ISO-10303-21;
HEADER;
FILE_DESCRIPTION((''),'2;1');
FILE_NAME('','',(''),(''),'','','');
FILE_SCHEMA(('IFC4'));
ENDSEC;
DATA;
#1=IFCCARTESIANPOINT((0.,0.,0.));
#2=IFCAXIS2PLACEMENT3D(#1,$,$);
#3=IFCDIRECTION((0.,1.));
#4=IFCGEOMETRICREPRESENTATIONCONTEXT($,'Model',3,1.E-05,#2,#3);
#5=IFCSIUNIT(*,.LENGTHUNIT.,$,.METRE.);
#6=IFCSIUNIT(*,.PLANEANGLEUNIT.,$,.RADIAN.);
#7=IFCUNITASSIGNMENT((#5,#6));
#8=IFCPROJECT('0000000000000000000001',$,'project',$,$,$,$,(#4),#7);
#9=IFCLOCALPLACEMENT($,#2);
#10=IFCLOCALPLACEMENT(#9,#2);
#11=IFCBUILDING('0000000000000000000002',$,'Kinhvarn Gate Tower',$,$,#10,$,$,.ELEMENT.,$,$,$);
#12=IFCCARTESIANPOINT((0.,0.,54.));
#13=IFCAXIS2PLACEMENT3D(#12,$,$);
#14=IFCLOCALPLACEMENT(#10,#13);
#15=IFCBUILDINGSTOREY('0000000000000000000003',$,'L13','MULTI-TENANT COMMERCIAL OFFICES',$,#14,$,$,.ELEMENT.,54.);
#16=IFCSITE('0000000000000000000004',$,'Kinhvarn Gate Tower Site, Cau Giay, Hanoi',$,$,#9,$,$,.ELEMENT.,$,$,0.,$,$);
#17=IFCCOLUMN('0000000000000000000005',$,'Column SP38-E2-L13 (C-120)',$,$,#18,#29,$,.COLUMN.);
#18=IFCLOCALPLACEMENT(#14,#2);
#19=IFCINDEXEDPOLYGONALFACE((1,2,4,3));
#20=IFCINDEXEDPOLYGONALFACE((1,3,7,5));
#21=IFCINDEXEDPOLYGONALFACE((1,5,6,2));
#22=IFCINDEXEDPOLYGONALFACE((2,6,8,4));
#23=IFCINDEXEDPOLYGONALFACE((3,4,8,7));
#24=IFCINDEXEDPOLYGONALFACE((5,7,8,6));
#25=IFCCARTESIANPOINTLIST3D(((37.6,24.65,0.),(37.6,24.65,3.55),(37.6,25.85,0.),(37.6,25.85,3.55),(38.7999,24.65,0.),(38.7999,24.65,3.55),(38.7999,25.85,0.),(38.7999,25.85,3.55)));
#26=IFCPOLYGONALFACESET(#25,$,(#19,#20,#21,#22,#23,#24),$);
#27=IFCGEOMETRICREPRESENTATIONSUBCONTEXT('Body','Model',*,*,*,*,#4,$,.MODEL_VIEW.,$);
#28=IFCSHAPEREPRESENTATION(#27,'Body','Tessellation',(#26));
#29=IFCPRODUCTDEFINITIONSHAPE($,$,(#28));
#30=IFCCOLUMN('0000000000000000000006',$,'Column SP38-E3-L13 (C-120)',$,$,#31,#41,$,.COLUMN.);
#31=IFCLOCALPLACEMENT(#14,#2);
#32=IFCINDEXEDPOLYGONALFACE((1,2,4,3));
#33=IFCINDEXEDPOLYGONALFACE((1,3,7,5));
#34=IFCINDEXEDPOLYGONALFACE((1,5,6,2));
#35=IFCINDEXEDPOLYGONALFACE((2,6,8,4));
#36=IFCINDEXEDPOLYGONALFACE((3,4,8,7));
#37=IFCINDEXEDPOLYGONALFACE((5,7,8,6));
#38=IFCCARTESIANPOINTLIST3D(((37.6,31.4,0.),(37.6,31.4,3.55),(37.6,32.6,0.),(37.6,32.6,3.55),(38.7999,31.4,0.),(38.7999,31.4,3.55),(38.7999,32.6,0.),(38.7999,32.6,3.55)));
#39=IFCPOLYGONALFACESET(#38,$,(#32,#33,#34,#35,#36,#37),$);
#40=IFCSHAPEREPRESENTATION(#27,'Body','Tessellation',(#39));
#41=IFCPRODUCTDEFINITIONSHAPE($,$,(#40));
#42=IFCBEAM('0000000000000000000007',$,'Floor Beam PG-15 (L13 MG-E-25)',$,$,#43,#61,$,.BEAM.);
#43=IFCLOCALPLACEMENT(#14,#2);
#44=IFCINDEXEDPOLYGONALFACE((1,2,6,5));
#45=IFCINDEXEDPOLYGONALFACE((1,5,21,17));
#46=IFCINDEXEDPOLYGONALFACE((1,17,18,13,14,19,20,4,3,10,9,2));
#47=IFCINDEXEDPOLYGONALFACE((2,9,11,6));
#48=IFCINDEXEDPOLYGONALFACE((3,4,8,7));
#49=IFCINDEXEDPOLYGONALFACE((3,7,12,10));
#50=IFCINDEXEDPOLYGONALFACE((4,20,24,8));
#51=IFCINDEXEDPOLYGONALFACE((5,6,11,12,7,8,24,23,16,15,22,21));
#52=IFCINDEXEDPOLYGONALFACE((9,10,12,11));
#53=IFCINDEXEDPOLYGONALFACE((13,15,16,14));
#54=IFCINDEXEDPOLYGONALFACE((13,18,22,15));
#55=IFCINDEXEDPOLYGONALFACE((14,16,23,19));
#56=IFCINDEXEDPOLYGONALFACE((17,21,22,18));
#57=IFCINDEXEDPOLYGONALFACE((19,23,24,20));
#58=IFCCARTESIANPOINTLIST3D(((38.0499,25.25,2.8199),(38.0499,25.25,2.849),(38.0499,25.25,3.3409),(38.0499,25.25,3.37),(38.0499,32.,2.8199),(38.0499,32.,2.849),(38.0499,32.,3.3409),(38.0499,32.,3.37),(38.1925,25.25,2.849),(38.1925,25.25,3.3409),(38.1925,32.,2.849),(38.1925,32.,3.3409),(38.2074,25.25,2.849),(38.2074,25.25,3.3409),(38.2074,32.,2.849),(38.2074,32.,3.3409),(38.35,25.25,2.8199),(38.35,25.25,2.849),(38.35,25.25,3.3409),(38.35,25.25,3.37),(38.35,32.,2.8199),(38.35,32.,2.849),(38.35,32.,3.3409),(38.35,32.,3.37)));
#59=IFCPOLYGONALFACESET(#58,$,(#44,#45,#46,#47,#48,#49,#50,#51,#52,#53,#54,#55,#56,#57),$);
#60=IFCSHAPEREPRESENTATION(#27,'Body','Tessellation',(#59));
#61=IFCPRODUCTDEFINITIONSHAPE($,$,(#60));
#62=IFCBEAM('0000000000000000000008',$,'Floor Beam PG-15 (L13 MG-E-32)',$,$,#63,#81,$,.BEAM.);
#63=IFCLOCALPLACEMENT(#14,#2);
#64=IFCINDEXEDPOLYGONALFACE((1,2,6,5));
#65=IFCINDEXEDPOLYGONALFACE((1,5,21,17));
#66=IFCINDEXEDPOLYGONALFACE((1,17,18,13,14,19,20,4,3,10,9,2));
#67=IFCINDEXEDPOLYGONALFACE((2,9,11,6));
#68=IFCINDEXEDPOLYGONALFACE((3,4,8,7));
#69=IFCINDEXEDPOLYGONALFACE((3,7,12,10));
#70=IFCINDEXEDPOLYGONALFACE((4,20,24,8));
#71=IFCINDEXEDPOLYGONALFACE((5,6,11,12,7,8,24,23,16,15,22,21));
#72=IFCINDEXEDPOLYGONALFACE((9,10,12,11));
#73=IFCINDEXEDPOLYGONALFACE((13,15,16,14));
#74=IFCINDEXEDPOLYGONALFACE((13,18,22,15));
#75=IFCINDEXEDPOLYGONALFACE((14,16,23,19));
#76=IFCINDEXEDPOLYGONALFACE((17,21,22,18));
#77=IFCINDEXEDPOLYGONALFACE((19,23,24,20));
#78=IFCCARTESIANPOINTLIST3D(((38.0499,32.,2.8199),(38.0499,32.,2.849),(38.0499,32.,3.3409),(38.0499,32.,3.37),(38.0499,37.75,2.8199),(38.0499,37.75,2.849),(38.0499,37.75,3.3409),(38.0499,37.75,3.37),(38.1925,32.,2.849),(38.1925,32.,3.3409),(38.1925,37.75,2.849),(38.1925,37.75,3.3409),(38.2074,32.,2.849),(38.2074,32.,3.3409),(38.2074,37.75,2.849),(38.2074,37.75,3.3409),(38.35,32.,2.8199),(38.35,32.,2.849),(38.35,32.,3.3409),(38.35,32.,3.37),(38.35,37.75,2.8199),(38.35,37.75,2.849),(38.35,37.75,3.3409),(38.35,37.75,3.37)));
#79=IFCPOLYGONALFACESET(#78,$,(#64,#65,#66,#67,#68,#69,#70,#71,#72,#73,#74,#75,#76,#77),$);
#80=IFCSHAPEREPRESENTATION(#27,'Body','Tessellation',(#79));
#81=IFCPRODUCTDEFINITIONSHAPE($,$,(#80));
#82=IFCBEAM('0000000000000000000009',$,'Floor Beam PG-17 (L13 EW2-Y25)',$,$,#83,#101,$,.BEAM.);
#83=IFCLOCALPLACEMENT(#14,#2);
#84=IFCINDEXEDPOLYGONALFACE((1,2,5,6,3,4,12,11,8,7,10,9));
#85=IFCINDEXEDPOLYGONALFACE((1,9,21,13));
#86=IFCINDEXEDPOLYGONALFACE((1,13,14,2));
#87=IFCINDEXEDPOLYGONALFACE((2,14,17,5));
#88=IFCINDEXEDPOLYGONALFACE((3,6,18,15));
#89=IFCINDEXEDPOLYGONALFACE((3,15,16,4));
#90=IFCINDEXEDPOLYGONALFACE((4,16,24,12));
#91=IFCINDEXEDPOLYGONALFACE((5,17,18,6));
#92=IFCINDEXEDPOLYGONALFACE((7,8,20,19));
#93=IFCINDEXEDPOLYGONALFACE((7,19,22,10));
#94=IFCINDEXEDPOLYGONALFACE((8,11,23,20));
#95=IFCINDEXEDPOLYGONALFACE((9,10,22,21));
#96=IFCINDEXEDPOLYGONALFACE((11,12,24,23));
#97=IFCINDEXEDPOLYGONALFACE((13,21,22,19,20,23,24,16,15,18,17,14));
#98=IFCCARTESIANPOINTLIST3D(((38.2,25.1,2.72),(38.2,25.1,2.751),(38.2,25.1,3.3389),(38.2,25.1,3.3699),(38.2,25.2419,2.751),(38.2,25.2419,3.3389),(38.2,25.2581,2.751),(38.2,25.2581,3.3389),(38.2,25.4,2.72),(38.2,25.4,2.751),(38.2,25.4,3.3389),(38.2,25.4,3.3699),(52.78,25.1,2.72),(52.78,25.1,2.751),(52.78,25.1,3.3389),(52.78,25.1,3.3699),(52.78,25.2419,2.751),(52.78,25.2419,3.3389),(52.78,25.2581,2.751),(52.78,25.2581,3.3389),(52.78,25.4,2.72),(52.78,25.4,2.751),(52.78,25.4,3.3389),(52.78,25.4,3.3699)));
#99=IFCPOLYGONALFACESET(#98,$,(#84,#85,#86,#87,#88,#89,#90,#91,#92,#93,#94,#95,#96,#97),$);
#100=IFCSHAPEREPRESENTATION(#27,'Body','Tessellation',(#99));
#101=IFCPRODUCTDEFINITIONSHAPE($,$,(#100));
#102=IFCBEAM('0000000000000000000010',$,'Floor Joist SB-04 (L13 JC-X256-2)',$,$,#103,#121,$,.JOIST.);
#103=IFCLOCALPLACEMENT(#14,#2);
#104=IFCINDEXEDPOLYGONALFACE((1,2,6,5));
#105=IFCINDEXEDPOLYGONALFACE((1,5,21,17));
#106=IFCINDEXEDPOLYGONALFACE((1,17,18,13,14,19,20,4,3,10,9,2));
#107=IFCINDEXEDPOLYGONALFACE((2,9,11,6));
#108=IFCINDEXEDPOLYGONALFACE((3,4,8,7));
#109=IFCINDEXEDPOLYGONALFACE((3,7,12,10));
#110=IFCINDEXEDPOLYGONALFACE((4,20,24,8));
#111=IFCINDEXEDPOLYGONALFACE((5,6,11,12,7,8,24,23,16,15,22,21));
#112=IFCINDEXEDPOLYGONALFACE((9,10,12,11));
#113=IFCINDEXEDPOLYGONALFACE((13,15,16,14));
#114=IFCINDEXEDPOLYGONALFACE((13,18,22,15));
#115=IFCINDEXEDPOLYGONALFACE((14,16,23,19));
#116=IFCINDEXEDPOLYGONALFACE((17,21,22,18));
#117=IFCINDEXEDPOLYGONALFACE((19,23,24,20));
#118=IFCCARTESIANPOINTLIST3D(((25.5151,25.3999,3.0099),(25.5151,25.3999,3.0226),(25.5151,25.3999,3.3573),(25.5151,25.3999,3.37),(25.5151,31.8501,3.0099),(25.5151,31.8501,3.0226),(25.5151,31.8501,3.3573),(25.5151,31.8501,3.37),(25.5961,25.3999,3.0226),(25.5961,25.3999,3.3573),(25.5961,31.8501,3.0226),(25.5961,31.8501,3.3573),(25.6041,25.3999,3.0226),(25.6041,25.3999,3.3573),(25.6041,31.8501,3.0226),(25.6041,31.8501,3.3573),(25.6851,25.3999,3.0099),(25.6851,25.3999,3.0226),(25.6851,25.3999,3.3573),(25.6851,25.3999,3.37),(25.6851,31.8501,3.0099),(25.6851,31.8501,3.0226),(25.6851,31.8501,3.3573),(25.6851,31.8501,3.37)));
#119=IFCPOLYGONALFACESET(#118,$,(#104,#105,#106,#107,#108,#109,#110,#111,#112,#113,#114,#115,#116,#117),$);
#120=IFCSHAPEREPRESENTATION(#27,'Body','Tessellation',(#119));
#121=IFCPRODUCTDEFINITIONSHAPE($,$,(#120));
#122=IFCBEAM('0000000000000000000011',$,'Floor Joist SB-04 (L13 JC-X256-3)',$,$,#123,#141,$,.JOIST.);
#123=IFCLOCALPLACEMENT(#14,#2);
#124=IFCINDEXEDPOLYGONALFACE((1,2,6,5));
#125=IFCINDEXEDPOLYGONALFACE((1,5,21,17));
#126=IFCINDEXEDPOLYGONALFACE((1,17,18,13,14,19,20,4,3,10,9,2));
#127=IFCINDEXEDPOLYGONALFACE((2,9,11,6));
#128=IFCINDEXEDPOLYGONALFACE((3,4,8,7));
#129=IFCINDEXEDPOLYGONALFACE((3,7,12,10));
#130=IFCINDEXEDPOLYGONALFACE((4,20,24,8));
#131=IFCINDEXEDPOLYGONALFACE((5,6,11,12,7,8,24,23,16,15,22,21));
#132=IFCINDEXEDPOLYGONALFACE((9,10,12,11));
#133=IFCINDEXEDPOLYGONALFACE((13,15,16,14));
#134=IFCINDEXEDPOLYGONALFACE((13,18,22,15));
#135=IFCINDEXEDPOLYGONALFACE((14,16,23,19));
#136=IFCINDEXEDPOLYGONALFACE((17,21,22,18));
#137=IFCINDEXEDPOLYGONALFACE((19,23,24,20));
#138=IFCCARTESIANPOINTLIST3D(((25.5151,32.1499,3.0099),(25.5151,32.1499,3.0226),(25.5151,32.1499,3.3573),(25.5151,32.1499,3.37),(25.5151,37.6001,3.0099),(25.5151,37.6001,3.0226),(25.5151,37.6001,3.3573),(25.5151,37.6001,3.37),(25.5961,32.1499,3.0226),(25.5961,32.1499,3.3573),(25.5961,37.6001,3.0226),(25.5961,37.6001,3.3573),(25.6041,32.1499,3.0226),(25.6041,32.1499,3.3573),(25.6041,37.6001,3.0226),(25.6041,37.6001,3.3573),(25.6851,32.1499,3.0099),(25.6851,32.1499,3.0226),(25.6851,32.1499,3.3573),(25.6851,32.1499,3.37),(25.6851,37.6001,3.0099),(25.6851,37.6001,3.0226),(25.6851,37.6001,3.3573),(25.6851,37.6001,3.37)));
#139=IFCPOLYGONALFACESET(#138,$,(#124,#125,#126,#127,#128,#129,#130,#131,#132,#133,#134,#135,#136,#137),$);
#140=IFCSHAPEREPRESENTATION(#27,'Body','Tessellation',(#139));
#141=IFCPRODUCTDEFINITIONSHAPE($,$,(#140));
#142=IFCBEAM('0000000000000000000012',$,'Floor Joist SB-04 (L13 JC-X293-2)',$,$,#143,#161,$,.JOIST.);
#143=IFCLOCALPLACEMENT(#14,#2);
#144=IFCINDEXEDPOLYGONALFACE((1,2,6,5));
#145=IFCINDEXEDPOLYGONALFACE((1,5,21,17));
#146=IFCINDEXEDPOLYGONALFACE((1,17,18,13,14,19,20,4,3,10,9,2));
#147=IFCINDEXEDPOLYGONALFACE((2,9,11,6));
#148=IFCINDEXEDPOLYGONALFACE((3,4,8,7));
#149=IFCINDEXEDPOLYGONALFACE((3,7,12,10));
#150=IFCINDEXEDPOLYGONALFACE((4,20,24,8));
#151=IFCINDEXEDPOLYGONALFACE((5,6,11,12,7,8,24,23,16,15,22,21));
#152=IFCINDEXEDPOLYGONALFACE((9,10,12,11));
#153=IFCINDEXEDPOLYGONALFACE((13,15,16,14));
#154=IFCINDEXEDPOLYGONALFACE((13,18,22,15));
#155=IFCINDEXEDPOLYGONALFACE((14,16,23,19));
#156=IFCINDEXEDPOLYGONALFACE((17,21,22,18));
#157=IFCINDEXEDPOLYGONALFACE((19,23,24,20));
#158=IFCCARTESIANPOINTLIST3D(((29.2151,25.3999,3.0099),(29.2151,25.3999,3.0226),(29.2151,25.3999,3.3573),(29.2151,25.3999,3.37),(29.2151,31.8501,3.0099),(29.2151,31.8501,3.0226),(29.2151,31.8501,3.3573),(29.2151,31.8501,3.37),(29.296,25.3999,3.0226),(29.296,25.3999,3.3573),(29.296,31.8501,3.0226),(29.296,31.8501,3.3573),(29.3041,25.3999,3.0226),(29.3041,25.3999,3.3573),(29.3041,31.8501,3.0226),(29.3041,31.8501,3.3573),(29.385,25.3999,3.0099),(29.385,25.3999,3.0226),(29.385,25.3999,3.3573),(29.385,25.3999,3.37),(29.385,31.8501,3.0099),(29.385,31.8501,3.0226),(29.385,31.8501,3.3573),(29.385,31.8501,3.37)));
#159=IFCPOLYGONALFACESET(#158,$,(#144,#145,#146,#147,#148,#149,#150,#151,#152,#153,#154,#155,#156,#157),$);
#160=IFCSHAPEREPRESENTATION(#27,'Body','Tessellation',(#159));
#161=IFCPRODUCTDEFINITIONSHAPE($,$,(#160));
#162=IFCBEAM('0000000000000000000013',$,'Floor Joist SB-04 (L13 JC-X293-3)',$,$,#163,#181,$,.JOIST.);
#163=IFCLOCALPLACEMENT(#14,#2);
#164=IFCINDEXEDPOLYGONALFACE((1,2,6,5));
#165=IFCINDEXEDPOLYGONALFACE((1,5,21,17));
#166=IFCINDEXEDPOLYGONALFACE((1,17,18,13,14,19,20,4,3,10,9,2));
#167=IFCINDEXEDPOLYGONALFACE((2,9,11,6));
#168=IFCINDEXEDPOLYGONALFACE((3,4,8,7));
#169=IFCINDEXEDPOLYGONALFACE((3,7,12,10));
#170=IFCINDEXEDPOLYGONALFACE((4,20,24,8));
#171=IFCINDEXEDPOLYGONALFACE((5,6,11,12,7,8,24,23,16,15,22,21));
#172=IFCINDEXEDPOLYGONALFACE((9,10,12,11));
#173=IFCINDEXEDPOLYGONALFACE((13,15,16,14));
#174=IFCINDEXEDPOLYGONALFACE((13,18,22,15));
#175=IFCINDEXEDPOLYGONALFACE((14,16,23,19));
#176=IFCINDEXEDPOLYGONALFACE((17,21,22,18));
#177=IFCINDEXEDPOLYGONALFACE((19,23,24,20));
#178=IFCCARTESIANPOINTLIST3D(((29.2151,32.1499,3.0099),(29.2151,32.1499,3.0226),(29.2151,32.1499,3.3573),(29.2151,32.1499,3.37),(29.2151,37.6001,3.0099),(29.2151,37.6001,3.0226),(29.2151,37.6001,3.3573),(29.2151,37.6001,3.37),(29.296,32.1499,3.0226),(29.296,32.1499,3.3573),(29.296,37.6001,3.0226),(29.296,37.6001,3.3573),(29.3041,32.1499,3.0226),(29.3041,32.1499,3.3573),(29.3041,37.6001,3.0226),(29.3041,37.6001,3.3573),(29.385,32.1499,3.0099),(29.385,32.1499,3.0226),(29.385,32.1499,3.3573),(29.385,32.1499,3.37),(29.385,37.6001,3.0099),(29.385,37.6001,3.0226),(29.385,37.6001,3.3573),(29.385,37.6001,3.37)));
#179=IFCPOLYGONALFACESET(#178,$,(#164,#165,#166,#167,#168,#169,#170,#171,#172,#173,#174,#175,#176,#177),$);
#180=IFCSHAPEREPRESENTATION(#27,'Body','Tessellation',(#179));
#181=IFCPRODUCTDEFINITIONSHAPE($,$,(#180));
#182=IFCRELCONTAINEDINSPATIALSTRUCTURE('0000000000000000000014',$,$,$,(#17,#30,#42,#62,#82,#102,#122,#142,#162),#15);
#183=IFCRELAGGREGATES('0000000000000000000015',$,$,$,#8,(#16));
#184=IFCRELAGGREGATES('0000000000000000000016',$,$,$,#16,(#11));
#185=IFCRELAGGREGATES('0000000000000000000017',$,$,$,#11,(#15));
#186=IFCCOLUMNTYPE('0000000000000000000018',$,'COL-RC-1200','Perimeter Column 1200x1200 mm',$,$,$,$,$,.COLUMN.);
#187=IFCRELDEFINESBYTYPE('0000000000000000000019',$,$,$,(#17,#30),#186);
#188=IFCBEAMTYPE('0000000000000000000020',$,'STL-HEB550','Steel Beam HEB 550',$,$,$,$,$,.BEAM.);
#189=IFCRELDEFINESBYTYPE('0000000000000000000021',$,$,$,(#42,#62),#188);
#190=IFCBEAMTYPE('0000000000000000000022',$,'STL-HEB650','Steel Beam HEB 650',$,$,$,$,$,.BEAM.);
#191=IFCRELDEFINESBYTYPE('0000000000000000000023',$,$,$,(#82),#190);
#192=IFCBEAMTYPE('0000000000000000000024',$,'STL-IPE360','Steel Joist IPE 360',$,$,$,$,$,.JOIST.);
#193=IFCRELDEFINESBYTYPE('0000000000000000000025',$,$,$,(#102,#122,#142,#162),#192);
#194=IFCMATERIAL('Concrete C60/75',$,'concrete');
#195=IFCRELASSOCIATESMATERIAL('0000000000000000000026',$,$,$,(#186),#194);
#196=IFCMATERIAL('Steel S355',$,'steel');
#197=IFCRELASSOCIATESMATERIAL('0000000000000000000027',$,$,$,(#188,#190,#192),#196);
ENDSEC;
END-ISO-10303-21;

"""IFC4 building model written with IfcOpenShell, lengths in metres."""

from ifc_helpers import new_model, si_unit, direction, frame, origin, origin_2d, place, context, subcontext, project, spatial, rectangle, i_section, extrude, material, material_profile, profile_set, type_object, element, save


model = new_model("IFC4")

# Units and contexts
model_context = context("Model", 3, precision=1e-05, world=origin(), true_north=direction((0.0, 1.0)))
body_context = subcontext(model_context, "Body", "Model", "MODEL_VIEW")
ifc_project = project(units=[si_unit("LENGTHUNIT", "METRE"), si_unit("PLANEANGLEUNIT", "RADIAN")], contexts=[model_context])

# Site, building, storey
site_placement = place(None, origin())
site = spatial("IfcSite", under=ifc_project, at=site_placement, Name="Kinhvarn Gate Tower Site, Cau Giay, Hanoi", CompositionType="ELEMENT", RefElevation=0.0)
building_placement = place(site_placement, origin())
building = spatial("IfcBuilding", under=site, at=building_placement, Name="Kinhvarn Gate Tower", CompositionType="ELEMENT")
storey_placement = place(building_placement, frame((0.0, 0.0, 54.0)))
storey = spatial("IfcBuildingStorey", under=building, at=storey_placement, Name="L13", Description="MULTI-TENANT COMMERCIAL OFFICES", CompositionType="ELEMENT", Elevation=54.0)

# Columns
ifc_material_1 = material(Name="Concrete C60/75", Category="concrete")
ifc_material_profile_1 = material_profile(ifc_material_1, rectangle(XDim=1.2, YDim=1.2, at=origin_2d()), Name="RC 1200x1200")
ifc_profile_set_1 = profile_set([ifc_material_profile_1], Name="Concrete C60/75")
column_type = type_object("IfcColumnType", Name="COL-RC-1200", Description="Perimeter Column 1200x1200 mm", PredefinedType="COLUMN", material=ifc_profile_set_1)
for number, where, z_axis, x_axis, name in (
    (1, (38.2, 25.25, 0.0), (0.0, 0.0, 1.0), (1.0, 0.0, 0.0), "Column SP38-E2-L13 (C-120)"),
    (2, (38.2, 32.0, 0.0), (0.0, 0.0, 1.0), (1.0, 0.0, 0.0), "Column SP38-E3-L13 (C-120)"),
):
    element("IfcColumn", number, at=place(storey_placement, frame(where, z_axis=z_axis, x_axis=x_axis)), inside=storey, type_object=column_type, Name=name, PredefinedType="COLUMN", context=body_context, shape_type="SweptSolid", body=[
        extrude(rectangle(XDim=1.2, YDim=1.2, at=origin_2d()), origin(), (0.0, 0.0, 1.0), 3.55),
    ])

# Beams
ifc_material_2 = material(Name="Steel S355", Category="steel")
ifc_material_profile_2 = material_profile(ifc_material_2, i_section(OverallWidth=0.3, OverallDepth=0.55, WebThickness=0.0149, FlangeThickness=0.0291, at=origin_2d()), Name="HEB 550")
ifc_profile_set_2 = profile_set([ifc_material_profile_2], Name="Steel S355")
beam_type_1 = type_object("IfcBeamType", Name="STL-HEB550", Description="Steel Beam HEB 550", PredefinedType="BEAM", material=ifc_profile_set_2)
beam_1_placement = place(storey_placement, frame((38.2, 25.25, 3.095), z_axis=(0.0, 1.0, 0.0), x_axis=(-1.0, 0.0, 0.0)))
element("IfcBeam", 3, at=beam_1_placement, inside=storey, type_object=beam_type_1, Name="Floor Beam PG-15 (L13 MG-E-25)", PredefinedType="BEAM", context=body_context, shape_type="SweptSolid", body=[
    extrude(i_section(OverallWidth=0.3, OverallDepth=0.55, WebThickness=0.0149, FlangeThickness=0.0291, at=origin_2d()), origin(), (0.0, 0.0, 1.0), 6.75),
])
beam_2_placement = place(storey_placement, frame((38.2, 32.0, 3.095), z_axis=(0.0, 1.0, 0.0), x_axis=(-1.0, 0.0, 0.0)))
element("IfcBeam", 4, at=beam_2_placement, inside=storey, type_object=beam_type_1, Name="Floor Beam PG-15 (L13 MG-E-32)", PredefinedType="BEAM", context=body_context, shape_type="SweptSolid", body=[
    extrude(i_section(OverallWidth=0.3, OverallDepth=0.55, WebThickness=0.0149, FlangeThickness=0.0291, at=origin_2d()), origin(), (0.0, 0.0, 1.0), 5.75),
])
ifc_material_profile_3 = material_profile(ifc_material_2, i_section(OverallWidth=0.3, OverallDepth=0.6499, WebThickness=0.0161, FlangeThickness=0.031, at=origin_2d()), Name="HEB 650")
ifc_profile_set_3 = profile_set([ifc_material_profile_3], Name="Steel S355")
beam_type_2 = type_object("IfcBeamType", Name="STL-HEB650", Description="Steel Beam HEB 650", PredefinedType="BEAM", material=ifc_profile_set_3)
beam_3_placement = place(storey_placement, frame((38.2, 25.25, 3.0449), z_axis=(1.0, 0.0, 0.0), x_axis=(0.0, 1.0, 0.0)))
element("IfcBeam", 5, at=beam_3_placement, inside=storey, type_object=beam_type_2, Name="Floor Beam PG-17 (L13 EW2-Y25)", PredefinedType="BEAM", context=body_context, shape_type="SweptSolid", body=[
    extrude(i_section(OverallWidth=0.3, OverallDepth=0.6499, WebThickness=0.0161, FlangeThickness=0.031, at=origin_2d()), origin(), (0.0, 0.0, 1.0), 14.5801),
])
ifc_material_profile_4 = material_profile(ifc_material_2, i_section(OverallWidth=0.1699, OverallDepth=0.3601, WebThickness=0.0081, FlangeThickness=0.0127, at=origin_2d()), Name="IPE 360")
ifc_profile_set_4 = profile_set([ifc_material_profile_4], Name="Steel S355")
beam_type_3 = type_object("IfcBeamType", Name="STL-IPE360", Description="Steel Joist IPE 360", PredefinedType="JOIST", material=ifc_profile_set_4)
beam_4_placement = place(storey_placement, frame((25.6001, 25.3999, 3.1899), z_axis=(0.0, 1.0, 0.0), x_axis=(-1.0, 0.0, 0.0)))
element("IfcBeam", 6, at=beam_4_placement, inside=storey, type_object=beam_type_3, Name="Floor Joist SB-04 (L13 JC-X256-2)", PredefinedType="JOIST", context=body_context, shape_type="SweptSolid", body=[
    extrude(i_section(OverallWidth=0.1699, OverallDepth=0.3601, WebThickness=0.0081, FlangeThickness=0.0127, at=origin_2d()), origin(), (0.0, 0.0, 1.0), 6.4502),
])
beam_5_placement = place(storey_placement, frame((25.6001, 32.1499, 3.1899), z_axis=(0.0, 1.0, 0.0), x_axis=(-1.0, 0.0, 0.0)))
element("IfcBeam", 7, at=beam_5_placement, inside=storey, type_object=beam_type_3, Name="Floor Joist SB-04 (L13 JC-X256-3)", PredefinedType="JOIST", context=body_context, shape_type="SweptSolid", body=[
    extrude(i_section(OverallWidth=0.1699, OverallDepth=0.3601, WebThickness=0.0081, FlangeThickness=0.0127, at=origin_2d()), origin(), (0.0, 0.0, 1.0), 5.4502),
])
beam_6_placement = place(storey_placement, frame((29.3, 25.3999, 3.1899), z_axis=(0.0, 1.0, 0.0), x_axis=(-1.0, 0.0, 0.0)))
element("IfcBeam", 8, at=beam_6_placement, inside=storey, type_object=beam_type_3, Name="Floor Joist SB-04 (L13 JC-X293-2)", PredefinedType="JOIST", context=body_context, shape_type="SweptSolid", body=[
    extrude(i_section(OverallWidth=0.1699, OverallDepth=0.3601, WebThickness=0.0081, FlangeThickness=0.0127, at=origin_2d()), origin(), (0.0, 0.0, 1.0), 6.4502),
])
beam_7_placement = place(storey_placement, frame((29.3, 32.1499, 3.1899), z_axis=(0.0, 1.0, 0.0), x_axis=(-1.0, 0.0, 0.0)))
element("IfcBeam", 9, at=beam_7_placement, inside=storey, type_object=beam_type_3, Name="Floor Joist SB-04 (L13 JC-X293-3)", PredefinedType="JOIST", context=body_context, shape_type="SweptSolid", body=[
    extrude(i_section(OverallWidth=0.1699, OverallDepth=0.3601, WebThickness=0.0081, FlangeThickness=0.0127, at=origin_2d()), origin(), (0.0, 0.0, 1.0), 5.4502),
])

save(model, "model.ifc")
